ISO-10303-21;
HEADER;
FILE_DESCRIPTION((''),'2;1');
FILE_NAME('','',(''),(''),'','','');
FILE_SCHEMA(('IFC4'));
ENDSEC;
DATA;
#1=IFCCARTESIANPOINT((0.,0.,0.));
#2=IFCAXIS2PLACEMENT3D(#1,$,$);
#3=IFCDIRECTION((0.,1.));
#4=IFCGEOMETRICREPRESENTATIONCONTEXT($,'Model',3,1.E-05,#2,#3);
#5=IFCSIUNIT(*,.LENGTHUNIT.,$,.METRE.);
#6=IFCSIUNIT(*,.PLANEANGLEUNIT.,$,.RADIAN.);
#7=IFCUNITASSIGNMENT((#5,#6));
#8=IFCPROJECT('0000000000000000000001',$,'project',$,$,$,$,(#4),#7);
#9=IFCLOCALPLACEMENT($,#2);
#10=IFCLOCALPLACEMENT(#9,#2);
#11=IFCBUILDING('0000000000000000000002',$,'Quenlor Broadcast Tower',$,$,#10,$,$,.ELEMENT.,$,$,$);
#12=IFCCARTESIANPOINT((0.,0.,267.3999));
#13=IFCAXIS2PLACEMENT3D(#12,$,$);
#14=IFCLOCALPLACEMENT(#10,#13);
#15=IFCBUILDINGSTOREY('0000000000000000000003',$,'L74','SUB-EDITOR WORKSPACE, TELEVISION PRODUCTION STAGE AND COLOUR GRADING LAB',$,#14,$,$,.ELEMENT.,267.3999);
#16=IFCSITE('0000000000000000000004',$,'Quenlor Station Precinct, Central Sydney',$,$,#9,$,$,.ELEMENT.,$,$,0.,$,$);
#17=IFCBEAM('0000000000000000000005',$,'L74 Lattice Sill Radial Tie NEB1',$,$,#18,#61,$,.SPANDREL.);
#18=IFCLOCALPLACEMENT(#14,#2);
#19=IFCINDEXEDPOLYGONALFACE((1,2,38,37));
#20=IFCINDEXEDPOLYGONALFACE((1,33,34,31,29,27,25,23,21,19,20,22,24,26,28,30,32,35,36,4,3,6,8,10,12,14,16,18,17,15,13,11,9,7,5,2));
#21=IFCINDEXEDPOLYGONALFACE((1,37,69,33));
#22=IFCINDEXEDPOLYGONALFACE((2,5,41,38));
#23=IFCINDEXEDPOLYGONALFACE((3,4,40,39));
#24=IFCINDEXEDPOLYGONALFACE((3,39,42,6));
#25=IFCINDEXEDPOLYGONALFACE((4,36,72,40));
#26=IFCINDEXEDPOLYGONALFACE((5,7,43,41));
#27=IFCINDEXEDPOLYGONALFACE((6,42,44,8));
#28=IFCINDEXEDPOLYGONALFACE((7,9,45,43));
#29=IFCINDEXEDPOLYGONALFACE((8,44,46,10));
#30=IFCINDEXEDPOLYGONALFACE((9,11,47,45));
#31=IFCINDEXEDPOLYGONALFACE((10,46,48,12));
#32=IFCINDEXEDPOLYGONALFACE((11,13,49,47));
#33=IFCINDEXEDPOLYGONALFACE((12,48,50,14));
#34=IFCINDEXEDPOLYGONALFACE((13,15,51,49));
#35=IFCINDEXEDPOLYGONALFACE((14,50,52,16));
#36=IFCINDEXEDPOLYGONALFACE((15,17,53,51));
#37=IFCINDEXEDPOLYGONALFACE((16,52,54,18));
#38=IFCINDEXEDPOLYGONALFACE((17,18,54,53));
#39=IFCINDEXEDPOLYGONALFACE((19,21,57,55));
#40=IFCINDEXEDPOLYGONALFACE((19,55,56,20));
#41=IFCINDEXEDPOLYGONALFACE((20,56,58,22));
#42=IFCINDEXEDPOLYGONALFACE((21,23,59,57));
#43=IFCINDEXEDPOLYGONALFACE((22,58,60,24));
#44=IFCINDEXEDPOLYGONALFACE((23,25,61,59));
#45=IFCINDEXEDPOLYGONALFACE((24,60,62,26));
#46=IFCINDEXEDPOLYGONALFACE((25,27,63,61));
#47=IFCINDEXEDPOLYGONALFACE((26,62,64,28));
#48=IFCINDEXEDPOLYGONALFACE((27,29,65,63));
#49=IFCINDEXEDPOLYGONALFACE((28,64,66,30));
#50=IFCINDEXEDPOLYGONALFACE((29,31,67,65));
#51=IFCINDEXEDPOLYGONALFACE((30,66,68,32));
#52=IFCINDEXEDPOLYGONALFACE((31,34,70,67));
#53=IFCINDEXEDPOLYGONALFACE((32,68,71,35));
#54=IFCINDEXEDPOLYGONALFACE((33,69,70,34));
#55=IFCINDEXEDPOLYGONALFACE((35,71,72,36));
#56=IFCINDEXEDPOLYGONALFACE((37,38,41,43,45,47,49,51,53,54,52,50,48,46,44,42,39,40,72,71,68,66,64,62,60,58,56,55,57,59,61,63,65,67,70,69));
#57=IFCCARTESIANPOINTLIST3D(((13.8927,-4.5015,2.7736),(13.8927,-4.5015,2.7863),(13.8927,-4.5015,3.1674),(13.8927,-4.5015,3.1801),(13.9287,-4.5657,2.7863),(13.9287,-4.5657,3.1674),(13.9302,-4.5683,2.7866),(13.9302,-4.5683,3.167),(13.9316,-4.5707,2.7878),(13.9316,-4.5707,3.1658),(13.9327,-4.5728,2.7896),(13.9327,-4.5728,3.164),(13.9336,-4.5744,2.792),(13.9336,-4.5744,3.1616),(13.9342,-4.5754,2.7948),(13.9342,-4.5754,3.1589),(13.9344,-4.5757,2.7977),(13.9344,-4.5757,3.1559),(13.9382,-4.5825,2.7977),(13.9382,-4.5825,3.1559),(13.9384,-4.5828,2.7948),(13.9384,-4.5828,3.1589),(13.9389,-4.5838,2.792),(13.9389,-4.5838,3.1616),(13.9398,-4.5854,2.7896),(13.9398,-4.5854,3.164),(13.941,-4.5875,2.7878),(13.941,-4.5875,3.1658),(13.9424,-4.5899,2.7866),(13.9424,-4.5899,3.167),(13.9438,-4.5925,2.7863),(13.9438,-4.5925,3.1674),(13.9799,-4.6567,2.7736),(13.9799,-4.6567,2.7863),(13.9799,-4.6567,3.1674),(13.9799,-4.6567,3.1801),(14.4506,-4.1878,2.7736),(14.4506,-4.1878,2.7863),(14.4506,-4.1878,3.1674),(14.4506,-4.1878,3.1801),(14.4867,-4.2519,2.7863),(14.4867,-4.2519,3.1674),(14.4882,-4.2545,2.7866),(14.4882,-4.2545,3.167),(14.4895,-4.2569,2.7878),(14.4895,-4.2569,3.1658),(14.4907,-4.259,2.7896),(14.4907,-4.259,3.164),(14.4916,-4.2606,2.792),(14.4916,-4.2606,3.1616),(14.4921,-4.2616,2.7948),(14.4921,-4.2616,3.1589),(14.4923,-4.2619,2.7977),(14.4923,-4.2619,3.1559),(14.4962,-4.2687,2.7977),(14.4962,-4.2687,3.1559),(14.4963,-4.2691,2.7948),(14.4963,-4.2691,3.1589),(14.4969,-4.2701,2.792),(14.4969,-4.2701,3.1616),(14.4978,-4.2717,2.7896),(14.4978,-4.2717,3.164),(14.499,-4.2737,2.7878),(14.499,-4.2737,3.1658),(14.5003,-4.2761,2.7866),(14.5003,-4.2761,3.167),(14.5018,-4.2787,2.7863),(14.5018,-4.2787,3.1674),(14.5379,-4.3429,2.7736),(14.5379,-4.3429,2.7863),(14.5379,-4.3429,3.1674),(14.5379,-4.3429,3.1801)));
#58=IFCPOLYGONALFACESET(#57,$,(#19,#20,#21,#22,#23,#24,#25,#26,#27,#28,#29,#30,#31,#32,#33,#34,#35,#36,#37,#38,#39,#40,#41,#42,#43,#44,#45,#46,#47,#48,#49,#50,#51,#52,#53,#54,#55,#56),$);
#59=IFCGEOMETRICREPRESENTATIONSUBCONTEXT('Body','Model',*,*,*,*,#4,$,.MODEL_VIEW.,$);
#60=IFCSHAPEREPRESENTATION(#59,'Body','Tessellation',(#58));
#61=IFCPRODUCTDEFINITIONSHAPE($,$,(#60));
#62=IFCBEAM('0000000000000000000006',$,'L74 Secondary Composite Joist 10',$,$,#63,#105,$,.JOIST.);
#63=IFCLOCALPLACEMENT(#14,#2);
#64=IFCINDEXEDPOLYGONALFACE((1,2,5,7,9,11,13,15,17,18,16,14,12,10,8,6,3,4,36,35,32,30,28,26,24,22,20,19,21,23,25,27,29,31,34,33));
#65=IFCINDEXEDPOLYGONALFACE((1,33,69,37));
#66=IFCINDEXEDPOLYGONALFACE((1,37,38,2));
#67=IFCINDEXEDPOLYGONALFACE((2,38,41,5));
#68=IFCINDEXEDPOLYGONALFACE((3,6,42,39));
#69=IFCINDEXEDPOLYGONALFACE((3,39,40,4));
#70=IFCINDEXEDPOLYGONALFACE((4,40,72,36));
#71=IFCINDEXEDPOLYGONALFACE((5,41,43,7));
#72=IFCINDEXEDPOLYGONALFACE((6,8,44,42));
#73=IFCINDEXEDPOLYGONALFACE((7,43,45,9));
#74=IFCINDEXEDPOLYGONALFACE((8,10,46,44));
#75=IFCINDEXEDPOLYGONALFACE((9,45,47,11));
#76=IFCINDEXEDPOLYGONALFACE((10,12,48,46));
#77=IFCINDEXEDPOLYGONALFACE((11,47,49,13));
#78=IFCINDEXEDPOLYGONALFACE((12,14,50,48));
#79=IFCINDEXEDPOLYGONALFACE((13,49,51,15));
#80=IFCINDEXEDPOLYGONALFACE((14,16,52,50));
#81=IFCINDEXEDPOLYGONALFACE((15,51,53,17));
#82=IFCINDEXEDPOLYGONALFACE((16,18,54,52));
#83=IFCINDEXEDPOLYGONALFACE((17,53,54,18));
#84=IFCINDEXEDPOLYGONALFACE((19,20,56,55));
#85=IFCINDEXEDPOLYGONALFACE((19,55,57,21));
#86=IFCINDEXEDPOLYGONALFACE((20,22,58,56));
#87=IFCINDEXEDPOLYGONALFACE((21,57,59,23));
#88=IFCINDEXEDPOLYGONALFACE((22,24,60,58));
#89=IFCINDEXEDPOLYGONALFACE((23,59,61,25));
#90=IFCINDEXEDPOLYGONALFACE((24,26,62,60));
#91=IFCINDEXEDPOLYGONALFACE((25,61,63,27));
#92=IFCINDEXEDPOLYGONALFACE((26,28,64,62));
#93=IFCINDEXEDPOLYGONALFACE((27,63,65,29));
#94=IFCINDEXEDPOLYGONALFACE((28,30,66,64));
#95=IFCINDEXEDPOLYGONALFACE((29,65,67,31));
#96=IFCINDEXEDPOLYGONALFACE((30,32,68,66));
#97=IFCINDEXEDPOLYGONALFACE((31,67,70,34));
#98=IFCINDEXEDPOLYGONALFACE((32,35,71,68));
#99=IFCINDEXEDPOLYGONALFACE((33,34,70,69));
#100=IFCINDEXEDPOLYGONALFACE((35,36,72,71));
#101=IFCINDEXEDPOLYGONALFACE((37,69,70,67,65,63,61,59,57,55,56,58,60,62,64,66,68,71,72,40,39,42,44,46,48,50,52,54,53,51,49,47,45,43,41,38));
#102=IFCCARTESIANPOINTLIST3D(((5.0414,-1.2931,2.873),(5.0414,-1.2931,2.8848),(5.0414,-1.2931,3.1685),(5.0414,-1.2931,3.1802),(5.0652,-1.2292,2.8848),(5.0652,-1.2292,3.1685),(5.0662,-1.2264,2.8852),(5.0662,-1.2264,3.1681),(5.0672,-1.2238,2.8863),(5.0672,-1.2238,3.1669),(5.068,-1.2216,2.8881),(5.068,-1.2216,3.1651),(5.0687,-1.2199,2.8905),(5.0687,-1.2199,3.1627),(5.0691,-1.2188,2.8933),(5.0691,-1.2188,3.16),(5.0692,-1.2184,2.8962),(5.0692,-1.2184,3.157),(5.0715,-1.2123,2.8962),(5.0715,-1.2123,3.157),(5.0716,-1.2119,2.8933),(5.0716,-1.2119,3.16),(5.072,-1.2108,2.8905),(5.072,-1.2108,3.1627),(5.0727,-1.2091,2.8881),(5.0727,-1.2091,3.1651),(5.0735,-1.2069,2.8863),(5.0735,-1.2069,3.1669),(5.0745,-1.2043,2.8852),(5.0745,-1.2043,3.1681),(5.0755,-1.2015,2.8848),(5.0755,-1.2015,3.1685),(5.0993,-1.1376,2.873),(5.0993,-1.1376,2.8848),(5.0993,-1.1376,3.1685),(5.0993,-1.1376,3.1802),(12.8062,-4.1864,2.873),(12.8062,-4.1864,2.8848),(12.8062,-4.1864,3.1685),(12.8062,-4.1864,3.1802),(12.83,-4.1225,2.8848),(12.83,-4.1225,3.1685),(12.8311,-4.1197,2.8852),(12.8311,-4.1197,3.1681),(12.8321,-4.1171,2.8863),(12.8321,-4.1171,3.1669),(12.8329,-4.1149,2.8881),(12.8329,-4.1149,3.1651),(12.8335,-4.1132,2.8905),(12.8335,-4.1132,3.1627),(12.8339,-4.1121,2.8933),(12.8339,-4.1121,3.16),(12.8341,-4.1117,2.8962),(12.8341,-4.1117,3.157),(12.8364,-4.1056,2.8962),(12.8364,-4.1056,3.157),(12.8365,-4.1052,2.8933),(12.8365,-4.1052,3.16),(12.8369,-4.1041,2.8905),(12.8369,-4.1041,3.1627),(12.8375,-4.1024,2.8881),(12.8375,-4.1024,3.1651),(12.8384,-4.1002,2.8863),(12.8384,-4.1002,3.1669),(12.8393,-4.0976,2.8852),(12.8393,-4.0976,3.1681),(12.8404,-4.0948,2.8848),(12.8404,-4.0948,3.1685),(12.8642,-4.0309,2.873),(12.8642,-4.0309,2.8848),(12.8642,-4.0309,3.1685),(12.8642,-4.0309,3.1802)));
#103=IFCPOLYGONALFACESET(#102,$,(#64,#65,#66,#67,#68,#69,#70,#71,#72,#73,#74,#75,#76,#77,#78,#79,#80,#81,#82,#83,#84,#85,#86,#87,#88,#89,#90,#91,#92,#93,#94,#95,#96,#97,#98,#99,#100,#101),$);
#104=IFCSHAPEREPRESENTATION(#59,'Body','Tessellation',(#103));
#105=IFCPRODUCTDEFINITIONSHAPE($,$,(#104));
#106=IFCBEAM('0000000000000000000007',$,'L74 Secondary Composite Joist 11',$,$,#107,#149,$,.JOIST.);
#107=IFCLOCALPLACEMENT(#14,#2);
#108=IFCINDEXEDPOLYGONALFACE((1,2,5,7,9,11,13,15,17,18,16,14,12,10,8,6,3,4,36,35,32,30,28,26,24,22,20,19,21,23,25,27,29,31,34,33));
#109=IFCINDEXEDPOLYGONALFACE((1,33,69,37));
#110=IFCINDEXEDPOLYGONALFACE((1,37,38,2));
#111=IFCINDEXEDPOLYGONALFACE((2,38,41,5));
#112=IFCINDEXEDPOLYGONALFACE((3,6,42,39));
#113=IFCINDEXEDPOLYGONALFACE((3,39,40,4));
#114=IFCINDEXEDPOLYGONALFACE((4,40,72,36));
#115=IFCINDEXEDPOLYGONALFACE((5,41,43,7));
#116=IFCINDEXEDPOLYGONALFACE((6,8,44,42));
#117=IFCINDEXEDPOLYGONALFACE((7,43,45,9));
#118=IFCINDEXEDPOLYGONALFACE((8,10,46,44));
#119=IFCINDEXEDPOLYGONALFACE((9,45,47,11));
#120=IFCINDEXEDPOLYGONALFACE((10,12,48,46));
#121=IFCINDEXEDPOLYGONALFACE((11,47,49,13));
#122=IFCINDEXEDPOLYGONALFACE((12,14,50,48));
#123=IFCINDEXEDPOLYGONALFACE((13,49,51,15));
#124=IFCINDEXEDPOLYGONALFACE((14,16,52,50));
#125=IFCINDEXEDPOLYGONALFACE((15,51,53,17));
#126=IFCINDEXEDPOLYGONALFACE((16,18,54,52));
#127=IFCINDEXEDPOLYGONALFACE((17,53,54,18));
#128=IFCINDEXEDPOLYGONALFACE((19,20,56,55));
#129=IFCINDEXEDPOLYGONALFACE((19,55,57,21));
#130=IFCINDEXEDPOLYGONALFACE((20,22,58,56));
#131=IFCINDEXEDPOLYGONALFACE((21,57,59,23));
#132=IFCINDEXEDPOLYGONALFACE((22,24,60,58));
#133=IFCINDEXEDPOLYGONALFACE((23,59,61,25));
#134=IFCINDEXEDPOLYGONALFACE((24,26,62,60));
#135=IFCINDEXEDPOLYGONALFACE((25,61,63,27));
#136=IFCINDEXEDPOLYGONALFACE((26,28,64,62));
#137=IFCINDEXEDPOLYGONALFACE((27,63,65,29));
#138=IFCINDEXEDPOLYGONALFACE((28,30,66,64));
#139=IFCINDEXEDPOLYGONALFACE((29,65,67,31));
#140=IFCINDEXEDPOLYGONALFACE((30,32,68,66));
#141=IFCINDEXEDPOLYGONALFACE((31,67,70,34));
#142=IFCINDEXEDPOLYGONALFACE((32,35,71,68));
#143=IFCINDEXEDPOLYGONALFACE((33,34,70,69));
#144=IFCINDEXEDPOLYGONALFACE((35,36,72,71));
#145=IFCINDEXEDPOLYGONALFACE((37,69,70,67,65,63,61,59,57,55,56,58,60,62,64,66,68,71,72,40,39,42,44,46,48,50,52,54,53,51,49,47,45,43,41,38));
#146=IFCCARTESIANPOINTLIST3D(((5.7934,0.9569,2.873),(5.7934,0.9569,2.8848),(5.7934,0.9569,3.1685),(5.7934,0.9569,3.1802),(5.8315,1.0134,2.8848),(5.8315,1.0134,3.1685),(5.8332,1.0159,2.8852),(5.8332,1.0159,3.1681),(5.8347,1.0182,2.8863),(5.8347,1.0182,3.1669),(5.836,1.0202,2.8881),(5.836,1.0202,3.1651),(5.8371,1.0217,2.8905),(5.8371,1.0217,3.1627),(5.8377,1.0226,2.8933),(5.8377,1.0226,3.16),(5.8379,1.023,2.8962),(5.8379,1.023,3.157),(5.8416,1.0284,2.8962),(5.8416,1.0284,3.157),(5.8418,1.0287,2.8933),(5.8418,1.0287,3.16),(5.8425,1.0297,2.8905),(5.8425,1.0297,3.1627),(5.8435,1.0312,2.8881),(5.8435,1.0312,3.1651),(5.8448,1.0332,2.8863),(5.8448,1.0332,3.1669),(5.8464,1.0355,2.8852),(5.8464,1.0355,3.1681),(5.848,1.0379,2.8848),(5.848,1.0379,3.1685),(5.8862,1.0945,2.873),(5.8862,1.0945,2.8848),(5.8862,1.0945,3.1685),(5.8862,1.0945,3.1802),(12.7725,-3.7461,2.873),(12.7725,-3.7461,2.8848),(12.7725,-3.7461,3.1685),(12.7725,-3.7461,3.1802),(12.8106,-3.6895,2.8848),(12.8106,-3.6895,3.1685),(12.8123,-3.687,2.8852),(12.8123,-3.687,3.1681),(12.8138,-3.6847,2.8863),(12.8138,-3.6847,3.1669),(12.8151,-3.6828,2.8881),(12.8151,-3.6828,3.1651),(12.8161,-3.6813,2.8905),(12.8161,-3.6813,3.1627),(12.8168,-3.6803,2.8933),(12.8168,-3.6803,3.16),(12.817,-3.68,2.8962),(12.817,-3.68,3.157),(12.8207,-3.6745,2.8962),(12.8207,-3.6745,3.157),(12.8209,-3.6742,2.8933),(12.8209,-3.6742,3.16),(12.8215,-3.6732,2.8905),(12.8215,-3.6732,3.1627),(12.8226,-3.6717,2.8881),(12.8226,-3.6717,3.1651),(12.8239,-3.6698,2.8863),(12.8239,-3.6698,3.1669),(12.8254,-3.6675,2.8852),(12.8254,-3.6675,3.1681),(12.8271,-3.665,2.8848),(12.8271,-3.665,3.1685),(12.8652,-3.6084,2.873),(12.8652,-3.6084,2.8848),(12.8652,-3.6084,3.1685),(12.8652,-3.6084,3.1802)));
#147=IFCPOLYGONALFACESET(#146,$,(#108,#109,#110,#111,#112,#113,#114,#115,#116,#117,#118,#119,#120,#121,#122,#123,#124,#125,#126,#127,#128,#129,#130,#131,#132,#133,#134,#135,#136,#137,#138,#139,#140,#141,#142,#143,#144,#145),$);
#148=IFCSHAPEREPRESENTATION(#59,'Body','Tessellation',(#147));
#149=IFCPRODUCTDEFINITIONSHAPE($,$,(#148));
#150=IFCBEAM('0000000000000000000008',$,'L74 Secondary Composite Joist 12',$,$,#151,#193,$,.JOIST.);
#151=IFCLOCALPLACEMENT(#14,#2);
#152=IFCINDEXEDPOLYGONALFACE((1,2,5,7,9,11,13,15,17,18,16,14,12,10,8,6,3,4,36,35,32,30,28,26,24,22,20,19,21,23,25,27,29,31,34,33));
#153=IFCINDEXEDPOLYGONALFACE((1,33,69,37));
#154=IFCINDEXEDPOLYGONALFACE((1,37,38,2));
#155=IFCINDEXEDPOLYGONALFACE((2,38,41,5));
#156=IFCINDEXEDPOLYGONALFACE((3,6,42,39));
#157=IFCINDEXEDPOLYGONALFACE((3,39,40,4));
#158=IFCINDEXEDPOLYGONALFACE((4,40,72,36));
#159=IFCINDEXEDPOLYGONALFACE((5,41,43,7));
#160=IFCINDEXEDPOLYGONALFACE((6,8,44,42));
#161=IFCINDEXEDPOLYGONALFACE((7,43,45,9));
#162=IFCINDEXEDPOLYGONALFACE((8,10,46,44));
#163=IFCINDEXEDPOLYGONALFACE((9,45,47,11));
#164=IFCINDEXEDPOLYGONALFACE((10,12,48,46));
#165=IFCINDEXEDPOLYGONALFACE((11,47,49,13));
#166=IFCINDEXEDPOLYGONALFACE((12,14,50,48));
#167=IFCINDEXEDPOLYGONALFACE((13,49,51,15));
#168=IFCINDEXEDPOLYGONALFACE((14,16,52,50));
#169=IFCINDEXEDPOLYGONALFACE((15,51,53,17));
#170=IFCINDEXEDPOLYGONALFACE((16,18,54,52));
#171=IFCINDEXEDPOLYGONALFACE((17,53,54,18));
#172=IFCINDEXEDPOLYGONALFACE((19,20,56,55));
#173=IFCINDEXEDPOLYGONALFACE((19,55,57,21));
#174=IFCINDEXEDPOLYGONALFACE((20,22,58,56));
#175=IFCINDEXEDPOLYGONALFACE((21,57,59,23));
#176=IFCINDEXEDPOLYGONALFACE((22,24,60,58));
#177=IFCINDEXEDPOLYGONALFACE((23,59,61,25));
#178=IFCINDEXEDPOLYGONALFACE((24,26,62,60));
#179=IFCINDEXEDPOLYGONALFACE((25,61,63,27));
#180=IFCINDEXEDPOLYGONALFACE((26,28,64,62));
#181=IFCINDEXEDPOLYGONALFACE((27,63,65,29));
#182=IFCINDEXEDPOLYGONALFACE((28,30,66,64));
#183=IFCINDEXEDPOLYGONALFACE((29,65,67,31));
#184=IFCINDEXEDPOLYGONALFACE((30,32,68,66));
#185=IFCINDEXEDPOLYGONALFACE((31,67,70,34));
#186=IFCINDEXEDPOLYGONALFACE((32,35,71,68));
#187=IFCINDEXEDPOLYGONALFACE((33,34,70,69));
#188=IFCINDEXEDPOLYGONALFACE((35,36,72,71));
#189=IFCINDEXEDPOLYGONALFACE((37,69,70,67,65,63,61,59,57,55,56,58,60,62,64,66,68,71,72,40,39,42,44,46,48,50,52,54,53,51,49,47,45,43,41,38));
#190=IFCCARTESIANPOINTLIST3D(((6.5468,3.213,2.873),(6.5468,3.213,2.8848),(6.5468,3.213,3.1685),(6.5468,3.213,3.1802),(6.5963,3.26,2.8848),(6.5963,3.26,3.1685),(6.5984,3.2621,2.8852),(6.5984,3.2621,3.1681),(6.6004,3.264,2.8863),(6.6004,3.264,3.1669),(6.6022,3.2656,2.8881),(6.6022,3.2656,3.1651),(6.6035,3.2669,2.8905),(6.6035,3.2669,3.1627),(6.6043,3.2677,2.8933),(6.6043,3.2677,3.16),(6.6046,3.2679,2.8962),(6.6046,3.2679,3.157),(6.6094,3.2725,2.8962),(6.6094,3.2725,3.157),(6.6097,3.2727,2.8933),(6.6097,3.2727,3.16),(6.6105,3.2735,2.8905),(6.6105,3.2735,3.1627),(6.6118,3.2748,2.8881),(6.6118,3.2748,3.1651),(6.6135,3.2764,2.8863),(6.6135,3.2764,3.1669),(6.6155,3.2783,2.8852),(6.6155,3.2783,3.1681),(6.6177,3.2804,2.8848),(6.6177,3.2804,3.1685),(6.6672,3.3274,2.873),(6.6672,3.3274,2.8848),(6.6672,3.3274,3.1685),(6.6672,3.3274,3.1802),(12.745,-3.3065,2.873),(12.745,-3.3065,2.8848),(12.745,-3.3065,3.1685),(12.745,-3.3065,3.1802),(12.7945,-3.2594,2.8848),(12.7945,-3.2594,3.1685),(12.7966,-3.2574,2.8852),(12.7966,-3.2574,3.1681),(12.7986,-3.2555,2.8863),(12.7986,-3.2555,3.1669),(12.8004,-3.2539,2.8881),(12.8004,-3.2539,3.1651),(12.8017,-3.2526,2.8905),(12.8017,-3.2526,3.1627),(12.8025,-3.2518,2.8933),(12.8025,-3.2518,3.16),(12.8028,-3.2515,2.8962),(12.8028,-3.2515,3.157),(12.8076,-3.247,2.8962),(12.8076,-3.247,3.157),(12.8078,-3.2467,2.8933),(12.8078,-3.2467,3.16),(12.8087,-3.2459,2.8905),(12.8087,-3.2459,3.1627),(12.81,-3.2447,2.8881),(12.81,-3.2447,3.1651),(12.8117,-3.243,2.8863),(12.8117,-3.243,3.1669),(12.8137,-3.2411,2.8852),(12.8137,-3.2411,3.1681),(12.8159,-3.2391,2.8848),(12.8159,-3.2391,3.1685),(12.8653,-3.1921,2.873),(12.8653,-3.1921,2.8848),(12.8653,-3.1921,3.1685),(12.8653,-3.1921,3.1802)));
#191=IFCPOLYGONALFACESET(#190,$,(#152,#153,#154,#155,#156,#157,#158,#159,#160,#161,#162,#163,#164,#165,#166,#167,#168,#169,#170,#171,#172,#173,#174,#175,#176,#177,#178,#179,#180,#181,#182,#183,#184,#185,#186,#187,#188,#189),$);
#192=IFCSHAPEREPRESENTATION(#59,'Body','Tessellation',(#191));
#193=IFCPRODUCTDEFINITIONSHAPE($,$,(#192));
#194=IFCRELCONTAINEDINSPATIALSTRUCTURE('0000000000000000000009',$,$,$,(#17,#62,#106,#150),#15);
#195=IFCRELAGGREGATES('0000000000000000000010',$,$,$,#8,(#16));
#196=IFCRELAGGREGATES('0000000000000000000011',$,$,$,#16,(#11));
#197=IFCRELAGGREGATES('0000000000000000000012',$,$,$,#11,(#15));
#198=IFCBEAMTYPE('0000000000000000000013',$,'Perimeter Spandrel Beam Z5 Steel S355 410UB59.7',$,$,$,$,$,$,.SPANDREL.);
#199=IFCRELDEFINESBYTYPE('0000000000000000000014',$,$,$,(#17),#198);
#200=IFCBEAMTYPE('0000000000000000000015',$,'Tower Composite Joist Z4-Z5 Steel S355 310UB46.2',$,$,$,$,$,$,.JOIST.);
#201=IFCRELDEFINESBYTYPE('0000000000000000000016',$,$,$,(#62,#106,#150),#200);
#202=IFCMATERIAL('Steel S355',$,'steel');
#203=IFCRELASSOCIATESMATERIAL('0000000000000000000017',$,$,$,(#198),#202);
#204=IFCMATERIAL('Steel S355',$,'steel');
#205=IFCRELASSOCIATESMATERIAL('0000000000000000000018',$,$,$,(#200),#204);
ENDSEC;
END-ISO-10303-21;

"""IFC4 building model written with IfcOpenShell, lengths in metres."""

from ifc_helpers import new_model, si_unit, direction, frame, origin, origin_2d, place, context, subcontext, project, spatial, i_section, extrude, material, material_profile, profile_set, type_object, element, save


model = new_model("IFC4")

# Units and contexts
model_context = context("Model", 3, precision=1e-05, world=origin(), true_north=direction((0.0, 1.0)))
body_context = subcontext(model_context, "Body", "Model", "MODEL_VIEW")
ifc_project = project(units=[si_unit("LENGTHUNIT", "METRE"), si_unit("PLANEANGLEUNIT", "RADIAN")], contexts=[model_context])

# Site, building, storey
site_placement = place(None, origin())
site = spatial("IfcSite", under=ifc_project, at=site_placement, Name="Quenlor Station Precinct, Central Sydney", CompositionType="ELEMENT", RefElevation=0.0)
building_placement = place(site_placement, origin())
building = spatial("IfcBuilding", under=site, at=building_placement, Name="Quenlor Broadcast Tower", CompositionType="ELEMENT")
storey_placement = place(building_placement, frame((0.0, 0.0, 267.3999)))
storey = spatial("IfcBuildingStorey", under=building, at=storey_placement, Name="L74", Description="SUB-EDITOR WORKSPACE, TELEVISION PRODUCTION STAGE AND COLOUR GRADING LAB", CompositionType="ELEMENT", Elevation=267.3999)

# Beams
ifc_material_1 = material(Name="Steel S355", Category="steel")
ifc_material_profile_1 = material_profile(ifc_material_1, i_section(OverallWidth=0.178, OverallDepth=0.4065, WebThickness=0.0078, FlangeThickness=0.0127, FilletRadius=0.0115, at=origin_2d()))
ifc_profile_set_1 = profile_set([ifc_material_profile_1], Name="Steel S355 410UB59.7")
beam_type_1 = type_object("IfcBeamType", Name="Perimeter Spandrel Beam Z5 Steel S355 410UB59.7", PredefinedType="SPANDREL", material=ifc_profile_set_1)
beam_1_placement = place(storey_placement, frame((13.9363, -4.5791, 2.9768), z_axis=(0.871626, 0.490171, 0.0), x_axis=(-0.490171, 0.871626, 0.0)))
element("IfcBeam", 1, at=beam_1_placement, inside=storey, type_object=beam_type_1, Name="L74 Lattice Sill Radial Tie NEB1", PredefinedType="SPANDREL", context=body_context, shape_type="SweptSolid", body=[
    extrude(i_section(OverallWidth=0.178, OverallDepth=0.4065, WebThickness=0.0078, FlangeThickness=0.0127, FilletRadius=0.0115, at=origin_2d()), origin(), (0.0, 0.0, 1.0), 0.6401),
])
ifc_material_2 = material(Name="Steel S355", Category="steel")
ifc_material_profile_2 = material_profile(ifc_material_2, i_section(OverallWidth=0.166, OverallDepth=0.3071, WebThickness=0.0066, FlangeThickness=0.0117, FilletRadius=0.0115, at=origin_2d()))
ifc_profile_set_2 = profile_set([ifc_material_profile_2], Name="Steel S355 310UB46.2")
beam_type_2 = type_object("IfcBeamType", Name="Tower Composite Joist Z4-Z5 Steel S355 310UB46.2", PredefinedType="JOIST", material=ifc_profile_set_2)
beam_2_placement = place(storey_placement, frame((12.8352, -4.1086, 3.0266), z_axis=(-0.937062, 0.349163, 0.0), x_axis=(-0.349163, -0.937062, 0.0)))
element("IfcBeam", 2, at=beam_2_placement, inside=storey, type_object=beam_type_2, Name="L74 Secondary Composite Joist 10", PredefinedType="JOIST", context=body_context, shape_type="SweptSolid", body=[
    extrude(i_section(OverallWidth=0.166, OverallDepth=0.3071, WebThickness=0.0066, FlangeThickness=0.0117, FilletRadius=0.0115, at=origin_2d()), origin(), (0.0, 0.0, 1.0), 8.2864),
])
beam_3_placement = place(storey_placement, frame((12.8188, -3.6772, 3.0266), z_axis=(-0.829286, 0.558824, 0.0), x_axis=(-0.558824, -0.829286, 0.0)))
element("IfcBeam", 3, at=beam_3_placement, inside=storey, type_object=beam_type_2, Name="L74 Secondary Composite Joist 11", PredefinedType="JOIST", context=body_context, shape_type="SweptSolid", body=[
    extrude(i_section(OverallWidth=0.166, OverallDepth=0.3071, WebThickness=0.0066, FlangeThickness=0.0117, FilletRadius=0.0115, at=origin_2d()), origin(), (0.0, 0.0, 1.0), 8.4158),
])
beam_4_placement = place(storey_placement, frame((12.8052, -3.2493, 3.0266), z_axis=(-0.689023, 0.724739, 0.0), x_axis=(-0.724739, -0.689023, 0.0)))
element("IfcBeam", 4, at=beam_4_placement, inside=storey, type_object=beam_type_2, Name="L74 Secondary Composite Joist 12", PredefinedType="JOIST", context=body_context, shape_type="SweptSolid", body=[
    extrude(i_section(OverallWidth=0.166, OverallDepth=0.3071, WebThickness=0.0066, FlangeThickness=0.0117, FilletRadius=0.0115, at=origin_2d()), origin(), (0.0, 0.0, 1.0), 8.9956),
])

save(model, "model.ifc")
